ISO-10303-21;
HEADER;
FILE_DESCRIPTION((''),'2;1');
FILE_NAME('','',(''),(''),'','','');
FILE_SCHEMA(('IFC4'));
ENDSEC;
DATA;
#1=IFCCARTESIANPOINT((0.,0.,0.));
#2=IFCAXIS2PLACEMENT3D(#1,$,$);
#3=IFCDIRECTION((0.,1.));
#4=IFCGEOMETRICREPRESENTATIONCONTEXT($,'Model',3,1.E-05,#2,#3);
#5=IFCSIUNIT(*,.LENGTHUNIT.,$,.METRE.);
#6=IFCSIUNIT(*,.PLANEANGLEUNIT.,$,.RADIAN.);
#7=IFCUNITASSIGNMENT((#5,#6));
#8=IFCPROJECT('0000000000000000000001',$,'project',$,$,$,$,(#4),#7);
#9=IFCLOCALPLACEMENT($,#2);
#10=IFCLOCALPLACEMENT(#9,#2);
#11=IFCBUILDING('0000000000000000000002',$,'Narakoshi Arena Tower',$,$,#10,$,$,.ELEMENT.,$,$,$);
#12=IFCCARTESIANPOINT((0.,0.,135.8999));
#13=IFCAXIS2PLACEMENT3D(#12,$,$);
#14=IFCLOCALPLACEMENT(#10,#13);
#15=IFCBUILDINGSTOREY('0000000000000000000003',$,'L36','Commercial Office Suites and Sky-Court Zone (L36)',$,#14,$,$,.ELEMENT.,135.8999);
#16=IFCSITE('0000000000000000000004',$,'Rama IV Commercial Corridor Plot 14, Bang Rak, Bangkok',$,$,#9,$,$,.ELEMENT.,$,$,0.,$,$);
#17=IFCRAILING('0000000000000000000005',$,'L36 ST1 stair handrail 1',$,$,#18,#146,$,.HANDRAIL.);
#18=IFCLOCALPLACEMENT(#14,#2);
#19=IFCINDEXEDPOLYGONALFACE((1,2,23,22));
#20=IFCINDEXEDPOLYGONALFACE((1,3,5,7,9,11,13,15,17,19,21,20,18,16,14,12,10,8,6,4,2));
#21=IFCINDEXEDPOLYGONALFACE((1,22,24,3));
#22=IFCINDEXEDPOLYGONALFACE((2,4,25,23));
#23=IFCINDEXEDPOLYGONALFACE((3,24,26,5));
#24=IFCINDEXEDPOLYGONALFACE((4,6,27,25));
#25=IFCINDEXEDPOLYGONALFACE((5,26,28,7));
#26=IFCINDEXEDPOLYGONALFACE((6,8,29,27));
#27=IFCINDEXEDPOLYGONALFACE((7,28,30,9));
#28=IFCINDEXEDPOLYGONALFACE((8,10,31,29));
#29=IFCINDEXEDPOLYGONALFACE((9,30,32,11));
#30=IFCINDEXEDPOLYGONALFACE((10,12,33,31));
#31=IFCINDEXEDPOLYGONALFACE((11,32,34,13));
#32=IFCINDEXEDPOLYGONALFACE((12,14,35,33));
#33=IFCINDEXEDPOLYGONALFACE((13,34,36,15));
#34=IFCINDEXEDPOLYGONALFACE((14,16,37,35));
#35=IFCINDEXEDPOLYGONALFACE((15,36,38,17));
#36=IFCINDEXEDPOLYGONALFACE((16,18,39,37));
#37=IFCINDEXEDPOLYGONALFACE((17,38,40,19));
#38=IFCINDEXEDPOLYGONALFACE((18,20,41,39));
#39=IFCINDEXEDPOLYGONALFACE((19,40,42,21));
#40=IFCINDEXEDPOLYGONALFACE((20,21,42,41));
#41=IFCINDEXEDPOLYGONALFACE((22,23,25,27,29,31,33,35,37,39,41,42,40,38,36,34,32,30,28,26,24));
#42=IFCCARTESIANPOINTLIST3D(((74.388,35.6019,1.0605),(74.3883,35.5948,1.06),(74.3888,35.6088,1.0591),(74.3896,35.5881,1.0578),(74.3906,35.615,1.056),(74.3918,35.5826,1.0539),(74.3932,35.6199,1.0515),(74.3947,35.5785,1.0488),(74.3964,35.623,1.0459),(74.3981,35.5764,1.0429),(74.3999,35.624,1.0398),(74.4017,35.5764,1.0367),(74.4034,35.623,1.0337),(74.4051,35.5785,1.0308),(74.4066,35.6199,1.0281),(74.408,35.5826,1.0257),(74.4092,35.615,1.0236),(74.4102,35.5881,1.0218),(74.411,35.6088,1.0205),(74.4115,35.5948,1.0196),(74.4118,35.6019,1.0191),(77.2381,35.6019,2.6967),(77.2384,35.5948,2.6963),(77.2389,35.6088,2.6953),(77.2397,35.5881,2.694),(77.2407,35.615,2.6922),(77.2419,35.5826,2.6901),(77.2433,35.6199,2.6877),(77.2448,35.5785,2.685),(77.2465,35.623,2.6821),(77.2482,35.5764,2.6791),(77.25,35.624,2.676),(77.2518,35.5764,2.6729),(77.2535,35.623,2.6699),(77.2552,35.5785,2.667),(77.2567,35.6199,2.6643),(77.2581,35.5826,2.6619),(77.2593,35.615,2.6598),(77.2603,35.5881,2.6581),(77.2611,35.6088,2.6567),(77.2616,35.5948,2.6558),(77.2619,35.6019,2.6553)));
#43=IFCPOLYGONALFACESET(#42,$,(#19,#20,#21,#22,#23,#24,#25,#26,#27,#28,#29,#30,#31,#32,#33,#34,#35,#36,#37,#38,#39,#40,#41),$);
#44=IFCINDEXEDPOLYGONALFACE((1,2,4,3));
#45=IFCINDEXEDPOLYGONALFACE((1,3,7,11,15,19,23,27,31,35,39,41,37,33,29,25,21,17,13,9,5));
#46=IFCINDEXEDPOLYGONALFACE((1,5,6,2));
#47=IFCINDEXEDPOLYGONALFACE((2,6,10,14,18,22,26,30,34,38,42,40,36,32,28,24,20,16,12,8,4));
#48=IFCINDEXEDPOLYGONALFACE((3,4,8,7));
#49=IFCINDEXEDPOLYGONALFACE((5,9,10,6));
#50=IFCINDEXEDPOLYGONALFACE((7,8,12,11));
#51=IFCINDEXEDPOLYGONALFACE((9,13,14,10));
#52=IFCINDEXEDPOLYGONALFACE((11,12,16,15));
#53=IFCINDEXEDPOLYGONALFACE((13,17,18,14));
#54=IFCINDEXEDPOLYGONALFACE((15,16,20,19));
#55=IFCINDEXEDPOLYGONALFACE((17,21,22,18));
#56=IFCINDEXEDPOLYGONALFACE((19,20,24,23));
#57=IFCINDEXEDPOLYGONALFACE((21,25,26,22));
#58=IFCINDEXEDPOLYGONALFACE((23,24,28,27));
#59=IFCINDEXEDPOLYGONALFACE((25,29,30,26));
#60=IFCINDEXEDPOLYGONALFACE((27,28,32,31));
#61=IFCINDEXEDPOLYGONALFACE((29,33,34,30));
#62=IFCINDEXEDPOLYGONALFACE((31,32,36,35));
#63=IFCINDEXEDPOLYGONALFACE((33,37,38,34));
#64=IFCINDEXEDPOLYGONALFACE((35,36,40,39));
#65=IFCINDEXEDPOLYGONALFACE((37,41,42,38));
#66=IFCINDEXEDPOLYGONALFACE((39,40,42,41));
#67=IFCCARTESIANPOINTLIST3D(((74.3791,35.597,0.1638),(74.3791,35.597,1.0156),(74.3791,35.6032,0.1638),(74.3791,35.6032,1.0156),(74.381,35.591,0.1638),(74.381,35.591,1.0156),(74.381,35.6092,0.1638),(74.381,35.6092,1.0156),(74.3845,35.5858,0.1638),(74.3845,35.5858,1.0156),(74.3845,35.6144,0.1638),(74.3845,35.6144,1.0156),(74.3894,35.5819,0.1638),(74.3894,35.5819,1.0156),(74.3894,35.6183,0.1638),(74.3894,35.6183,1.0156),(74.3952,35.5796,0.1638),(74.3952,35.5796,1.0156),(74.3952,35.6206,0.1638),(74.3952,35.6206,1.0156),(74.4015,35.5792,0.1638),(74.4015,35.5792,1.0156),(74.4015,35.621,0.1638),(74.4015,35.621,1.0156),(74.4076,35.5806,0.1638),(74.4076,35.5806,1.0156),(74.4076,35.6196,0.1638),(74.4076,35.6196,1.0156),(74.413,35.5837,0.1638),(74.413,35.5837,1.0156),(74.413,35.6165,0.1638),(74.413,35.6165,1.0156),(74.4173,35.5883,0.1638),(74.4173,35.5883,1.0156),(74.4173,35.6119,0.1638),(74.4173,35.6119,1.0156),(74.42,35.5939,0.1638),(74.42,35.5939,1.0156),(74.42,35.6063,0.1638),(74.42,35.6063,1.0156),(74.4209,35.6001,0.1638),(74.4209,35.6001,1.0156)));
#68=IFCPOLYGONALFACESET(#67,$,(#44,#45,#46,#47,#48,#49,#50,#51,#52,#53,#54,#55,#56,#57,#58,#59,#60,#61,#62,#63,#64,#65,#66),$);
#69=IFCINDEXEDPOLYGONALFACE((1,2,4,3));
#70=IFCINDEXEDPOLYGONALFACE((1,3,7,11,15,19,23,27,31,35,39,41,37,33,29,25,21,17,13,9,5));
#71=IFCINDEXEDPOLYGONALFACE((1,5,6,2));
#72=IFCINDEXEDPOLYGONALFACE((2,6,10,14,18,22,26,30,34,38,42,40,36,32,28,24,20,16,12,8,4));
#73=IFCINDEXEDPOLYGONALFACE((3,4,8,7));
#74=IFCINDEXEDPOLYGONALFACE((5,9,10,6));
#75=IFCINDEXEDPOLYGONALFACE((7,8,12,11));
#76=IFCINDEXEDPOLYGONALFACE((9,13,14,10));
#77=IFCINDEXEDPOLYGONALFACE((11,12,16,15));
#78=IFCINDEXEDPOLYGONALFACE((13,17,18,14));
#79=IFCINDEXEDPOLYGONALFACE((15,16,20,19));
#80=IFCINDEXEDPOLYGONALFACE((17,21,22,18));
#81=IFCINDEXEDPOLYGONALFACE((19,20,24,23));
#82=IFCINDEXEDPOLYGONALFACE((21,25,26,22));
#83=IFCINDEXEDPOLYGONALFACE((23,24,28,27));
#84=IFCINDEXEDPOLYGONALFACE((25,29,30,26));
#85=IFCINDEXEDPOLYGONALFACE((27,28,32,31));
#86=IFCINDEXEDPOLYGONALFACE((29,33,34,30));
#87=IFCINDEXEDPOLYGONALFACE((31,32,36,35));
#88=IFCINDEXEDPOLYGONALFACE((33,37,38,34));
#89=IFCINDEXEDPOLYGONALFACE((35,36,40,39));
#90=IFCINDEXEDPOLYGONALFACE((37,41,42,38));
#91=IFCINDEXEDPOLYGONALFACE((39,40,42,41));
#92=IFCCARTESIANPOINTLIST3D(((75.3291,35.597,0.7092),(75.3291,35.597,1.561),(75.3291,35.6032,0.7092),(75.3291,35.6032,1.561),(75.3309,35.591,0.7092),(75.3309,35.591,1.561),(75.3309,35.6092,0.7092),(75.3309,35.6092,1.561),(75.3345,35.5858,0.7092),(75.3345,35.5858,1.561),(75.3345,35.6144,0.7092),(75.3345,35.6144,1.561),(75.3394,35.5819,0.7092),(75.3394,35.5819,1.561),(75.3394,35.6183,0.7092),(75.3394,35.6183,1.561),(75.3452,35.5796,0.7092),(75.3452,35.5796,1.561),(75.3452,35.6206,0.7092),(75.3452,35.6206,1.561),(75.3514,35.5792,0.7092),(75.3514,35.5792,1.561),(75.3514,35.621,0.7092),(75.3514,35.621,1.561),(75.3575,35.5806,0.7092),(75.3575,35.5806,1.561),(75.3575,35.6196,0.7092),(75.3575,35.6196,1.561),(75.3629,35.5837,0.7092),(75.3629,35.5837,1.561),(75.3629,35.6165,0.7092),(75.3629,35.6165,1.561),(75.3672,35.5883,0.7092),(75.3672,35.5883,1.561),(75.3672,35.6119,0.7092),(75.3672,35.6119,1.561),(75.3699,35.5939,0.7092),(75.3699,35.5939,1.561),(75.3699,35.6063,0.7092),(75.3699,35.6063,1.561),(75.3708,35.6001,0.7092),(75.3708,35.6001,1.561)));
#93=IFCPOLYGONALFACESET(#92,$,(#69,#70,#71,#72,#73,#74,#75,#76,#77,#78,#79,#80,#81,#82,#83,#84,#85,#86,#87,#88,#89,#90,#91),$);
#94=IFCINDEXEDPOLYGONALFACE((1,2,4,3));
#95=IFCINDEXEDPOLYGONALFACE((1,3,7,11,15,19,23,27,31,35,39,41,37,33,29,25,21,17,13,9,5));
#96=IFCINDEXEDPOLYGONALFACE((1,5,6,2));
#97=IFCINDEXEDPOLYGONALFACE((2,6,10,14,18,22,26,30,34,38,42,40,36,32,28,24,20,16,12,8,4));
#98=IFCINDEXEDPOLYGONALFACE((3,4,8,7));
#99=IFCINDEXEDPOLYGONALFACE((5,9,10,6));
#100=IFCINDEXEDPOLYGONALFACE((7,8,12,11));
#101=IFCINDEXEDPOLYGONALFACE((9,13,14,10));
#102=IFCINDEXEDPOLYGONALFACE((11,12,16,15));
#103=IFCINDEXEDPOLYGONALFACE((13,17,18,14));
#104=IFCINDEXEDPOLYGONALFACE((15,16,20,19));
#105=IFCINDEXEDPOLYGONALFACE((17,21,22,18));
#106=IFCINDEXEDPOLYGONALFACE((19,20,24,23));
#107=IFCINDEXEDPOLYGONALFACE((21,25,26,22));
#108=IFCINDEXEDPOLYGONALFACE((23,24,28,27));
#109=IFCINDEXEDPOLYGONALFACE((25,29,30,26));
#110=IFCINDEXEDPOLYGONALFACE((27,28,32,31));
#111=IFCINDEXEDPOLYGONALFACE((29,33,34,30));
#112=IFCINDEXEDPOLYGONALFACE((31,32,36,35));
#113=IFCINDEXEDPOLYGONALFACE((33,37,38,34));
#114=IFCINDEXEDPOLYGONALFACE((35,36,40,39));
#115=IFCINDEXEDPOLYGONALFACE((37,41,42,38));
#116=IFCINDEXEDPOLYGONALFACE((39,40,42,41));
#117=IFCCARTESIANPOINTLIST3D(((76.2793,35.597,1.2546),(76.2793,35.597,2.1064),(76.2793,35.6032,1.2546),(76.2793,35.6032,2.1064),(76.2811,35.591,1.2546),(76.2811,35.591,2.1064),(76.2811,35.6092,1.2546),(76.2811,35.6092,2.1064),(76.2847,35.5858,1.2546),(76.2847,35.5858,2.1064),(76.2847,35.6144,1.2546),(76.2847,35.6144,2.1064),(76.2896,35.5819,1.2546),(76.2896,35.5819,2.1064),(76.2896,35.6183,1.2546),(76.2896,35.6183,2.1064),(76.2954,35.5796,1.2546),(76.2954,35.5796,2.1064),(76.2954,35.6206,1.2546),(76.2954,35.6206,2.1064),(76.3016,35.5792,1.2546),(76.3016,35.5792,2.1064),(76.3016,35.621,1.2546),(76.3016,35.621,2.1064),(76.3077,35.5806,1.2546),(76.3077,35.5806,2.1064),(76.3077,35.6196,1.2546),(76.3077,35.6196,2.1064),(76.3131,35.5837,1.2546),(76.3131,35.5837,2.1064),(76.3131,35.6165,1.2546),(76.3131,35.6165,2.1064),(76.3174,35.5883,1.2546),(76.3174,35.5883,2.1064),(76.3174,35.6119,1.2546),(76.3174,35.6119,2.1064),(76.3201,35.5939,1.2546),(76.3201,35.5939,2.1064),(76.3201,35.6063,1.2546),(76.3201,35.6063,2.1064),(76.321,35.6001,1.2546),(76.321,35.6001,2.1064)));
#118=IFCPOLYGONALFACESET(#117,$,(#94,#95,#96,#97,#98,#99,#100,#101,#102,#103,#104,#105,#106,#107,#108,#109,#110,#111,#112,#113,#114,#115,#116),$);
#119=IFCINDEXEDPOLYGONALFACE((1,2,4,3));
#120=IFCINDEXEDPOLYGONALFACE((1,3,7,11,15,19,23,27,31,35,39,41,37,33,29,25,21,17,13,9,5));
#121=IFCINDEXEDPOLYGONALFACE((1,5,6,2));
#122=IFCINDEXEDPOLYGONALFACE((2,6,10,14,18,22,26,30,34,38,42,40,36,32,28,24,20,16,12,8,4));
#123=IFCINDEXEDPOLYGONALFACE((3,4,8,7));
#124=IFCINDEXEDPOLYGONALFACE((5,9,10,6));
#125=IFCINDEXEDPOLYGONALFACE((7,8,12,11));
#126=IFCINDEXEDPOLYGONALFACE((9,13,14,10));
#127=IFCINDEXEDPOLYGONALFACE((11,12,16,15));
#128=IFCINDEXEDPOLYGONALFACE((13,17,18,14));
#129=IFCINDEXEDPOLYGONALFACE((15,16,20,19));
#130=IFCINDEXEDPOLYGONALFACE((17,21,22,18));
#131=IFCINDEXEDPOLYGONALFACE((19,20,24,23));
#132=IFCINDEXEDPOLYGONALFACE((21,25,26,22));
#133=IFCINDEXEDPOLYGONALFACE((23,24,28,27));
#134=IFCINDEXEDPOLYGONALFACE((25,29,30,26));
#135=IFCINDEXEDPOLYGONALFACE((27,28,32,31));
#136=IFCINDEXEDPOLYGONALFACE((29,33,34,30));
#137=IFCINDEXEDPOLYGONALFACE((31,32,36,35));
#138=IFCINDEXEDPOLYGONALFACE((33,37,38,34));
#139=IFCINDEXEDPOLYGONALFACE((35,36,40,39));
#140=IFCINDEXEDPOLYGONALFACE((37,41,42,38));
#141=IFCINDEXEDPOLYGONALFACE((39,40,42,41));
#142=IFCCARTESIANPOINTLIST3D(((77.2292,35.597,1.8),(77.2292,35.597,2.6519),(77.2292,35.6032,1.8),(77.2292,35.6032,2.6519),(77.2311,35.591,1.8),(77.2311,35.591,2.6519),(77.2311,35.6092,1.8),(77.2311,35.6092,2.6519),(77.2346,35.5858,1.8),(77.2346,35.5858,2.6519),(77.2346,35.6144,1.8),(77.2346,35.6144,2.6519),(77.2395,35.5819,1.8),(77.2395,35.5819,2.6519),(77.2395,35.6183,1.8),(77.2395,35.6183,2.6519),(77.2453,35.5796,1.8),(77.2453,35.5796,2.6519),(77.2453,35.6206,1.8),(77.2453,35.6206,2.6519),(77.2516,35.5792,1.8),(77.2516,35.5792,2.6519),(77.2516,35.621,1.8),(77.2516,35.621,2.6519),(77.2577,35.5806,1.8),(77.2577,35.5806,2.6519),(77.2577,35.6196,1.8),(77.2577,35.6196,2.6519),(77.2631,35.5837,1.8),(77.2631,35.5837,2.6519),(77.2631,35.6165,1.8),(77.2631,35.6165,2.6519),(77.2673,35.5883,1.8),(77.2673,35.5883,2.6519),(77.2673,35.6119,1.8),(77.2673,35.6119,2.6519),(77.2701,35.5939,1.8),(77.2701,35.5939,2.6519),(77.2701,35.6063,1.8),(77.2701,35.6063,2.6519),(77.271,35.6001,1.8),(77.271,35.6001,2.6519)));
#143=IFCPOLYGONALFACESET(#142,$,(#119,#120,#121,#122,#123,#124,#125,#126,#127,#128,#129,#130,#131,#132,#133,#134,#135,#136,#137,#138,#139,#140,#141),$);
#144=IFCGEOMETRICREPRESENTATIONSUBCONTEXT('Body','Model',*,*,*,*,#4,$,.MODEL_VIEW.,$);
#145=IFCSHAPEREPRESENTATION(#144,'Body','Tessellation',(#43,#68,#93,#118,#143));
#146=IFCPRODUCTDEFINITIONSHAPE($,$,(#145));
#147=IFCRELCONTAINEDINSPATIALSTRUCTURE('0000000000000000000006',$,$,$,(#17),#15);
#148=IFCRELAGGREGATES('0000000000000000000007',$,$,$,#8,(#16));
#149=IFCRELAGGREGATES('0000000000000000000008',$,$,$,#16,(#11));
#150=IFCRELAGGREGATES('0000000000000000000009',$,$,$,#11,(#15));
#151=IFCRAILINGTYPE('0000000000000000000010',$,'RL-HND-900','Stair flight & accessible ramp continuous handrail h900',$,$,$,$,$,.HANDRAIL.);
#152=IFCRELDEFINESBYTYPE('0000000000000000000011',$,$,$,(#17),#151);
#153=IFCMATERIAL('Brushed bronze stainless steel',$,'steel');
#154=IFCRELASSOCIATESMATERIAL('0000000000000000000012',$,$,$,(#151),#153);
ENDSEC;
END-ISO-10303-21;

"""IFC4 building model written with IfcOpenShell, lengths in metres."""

from ifc_helpers import new_model, si_unit, direction, frame, origin, origin_2d, place, context, subcontext, project, spatial, circle, extrude, material, type_object, element, save


model = new_model("IFC4")

# Units and contexts
model_context = context("Model", 3, precision=1e-05, world=origin(), true_north=direction((0.0, 1.0)))
body_context = subcontext(model_context, "Body", "Model", "MODEL_VIEW")
ifc_project = project(units=[si_unit("LENGTHUNIT", "METRE"), si_unit("PLANEANGLEUNIT", "RADIAN")], contexts=[model_context])

# Site, building, storey
site_placement = place(None, origin())
site = spatial("IfcSite", under=ifc_project, at=site_placement, Name="Rama IV Commercial Corridor Plot 14, Bang Rak, Bangkok", CompositionType="ELEMENT", RefElevation=0.0)
building_placement = place(site_placement, origin())
building = spatial("IfcBuilding", under=site, at=building_placement, Name="Narakoshi Arena Tower", CompositionType="ELEMENT")
storey_placement = place(building_placement, frame((0.0, 0.0, 135.8999)))
storey = spatial("IfcBuildingStorey", under=building, at=storey_placement, Name="L36", Description="Commercial Office Suites and Sky-Court Zone (L36)", CompositionType="ELEMENT", Elevation=135.8999)

# Railing
ifc_material_1 = material(Name="Brushed bronze stainless steel", Category="steel")
railing_type_1 = type_object("IfcRailingType", Name="RL-HND-900", Description="Stair flight & accessible ramp continuous handrail h900", PredefinedType="HANDRAIL", material=ifc_material_1)
railing_1_placement = place(storey_placement, frame((74.3999, 35.6001, 0.1638)))
element("IfcRailing", 1, at=railing_1_placement, inside=storey, type_object=railing_type_1, Name="L36 ST1 stair handrail 1", PredefinedType="HANDRAIL", context=body_context, shape_type="SweptSolid", body=[
    extrude(circle(Radius=0.0239, at=origin_2d()), frame((0.0, 0.0, 0.876), z_axis=(0.867245, 0.0, 0.497882), x_axis=(0.0, 1.0, 0.0)), (0.0, 0.0, 1.0), 3.2864),
    extrude(circle(Radius=0.021, at=origin_2d()), origin(), (0.0, 0.0, 1.0), 0.8518),
    extrude(circle(Radius=0.021, at=origin_2d()), frame((0.95, 0.0, 0.5454)), (0.0, 0.0, 1.0), 0.8518),
    extrude(circle(Radius=0.021, at=origin_2d()), frame((1.9001, 0.0, 1.0908)), (0.0, 0.0, 1.0), 0.8518),
    extrude(circle(Radius=0.021, at=origin_2d()), frame((2.8501, 0.0, 1.6362)), (0.0, 0.0, 1.0), 0.8518),
])

save(model, "model.ifc")
